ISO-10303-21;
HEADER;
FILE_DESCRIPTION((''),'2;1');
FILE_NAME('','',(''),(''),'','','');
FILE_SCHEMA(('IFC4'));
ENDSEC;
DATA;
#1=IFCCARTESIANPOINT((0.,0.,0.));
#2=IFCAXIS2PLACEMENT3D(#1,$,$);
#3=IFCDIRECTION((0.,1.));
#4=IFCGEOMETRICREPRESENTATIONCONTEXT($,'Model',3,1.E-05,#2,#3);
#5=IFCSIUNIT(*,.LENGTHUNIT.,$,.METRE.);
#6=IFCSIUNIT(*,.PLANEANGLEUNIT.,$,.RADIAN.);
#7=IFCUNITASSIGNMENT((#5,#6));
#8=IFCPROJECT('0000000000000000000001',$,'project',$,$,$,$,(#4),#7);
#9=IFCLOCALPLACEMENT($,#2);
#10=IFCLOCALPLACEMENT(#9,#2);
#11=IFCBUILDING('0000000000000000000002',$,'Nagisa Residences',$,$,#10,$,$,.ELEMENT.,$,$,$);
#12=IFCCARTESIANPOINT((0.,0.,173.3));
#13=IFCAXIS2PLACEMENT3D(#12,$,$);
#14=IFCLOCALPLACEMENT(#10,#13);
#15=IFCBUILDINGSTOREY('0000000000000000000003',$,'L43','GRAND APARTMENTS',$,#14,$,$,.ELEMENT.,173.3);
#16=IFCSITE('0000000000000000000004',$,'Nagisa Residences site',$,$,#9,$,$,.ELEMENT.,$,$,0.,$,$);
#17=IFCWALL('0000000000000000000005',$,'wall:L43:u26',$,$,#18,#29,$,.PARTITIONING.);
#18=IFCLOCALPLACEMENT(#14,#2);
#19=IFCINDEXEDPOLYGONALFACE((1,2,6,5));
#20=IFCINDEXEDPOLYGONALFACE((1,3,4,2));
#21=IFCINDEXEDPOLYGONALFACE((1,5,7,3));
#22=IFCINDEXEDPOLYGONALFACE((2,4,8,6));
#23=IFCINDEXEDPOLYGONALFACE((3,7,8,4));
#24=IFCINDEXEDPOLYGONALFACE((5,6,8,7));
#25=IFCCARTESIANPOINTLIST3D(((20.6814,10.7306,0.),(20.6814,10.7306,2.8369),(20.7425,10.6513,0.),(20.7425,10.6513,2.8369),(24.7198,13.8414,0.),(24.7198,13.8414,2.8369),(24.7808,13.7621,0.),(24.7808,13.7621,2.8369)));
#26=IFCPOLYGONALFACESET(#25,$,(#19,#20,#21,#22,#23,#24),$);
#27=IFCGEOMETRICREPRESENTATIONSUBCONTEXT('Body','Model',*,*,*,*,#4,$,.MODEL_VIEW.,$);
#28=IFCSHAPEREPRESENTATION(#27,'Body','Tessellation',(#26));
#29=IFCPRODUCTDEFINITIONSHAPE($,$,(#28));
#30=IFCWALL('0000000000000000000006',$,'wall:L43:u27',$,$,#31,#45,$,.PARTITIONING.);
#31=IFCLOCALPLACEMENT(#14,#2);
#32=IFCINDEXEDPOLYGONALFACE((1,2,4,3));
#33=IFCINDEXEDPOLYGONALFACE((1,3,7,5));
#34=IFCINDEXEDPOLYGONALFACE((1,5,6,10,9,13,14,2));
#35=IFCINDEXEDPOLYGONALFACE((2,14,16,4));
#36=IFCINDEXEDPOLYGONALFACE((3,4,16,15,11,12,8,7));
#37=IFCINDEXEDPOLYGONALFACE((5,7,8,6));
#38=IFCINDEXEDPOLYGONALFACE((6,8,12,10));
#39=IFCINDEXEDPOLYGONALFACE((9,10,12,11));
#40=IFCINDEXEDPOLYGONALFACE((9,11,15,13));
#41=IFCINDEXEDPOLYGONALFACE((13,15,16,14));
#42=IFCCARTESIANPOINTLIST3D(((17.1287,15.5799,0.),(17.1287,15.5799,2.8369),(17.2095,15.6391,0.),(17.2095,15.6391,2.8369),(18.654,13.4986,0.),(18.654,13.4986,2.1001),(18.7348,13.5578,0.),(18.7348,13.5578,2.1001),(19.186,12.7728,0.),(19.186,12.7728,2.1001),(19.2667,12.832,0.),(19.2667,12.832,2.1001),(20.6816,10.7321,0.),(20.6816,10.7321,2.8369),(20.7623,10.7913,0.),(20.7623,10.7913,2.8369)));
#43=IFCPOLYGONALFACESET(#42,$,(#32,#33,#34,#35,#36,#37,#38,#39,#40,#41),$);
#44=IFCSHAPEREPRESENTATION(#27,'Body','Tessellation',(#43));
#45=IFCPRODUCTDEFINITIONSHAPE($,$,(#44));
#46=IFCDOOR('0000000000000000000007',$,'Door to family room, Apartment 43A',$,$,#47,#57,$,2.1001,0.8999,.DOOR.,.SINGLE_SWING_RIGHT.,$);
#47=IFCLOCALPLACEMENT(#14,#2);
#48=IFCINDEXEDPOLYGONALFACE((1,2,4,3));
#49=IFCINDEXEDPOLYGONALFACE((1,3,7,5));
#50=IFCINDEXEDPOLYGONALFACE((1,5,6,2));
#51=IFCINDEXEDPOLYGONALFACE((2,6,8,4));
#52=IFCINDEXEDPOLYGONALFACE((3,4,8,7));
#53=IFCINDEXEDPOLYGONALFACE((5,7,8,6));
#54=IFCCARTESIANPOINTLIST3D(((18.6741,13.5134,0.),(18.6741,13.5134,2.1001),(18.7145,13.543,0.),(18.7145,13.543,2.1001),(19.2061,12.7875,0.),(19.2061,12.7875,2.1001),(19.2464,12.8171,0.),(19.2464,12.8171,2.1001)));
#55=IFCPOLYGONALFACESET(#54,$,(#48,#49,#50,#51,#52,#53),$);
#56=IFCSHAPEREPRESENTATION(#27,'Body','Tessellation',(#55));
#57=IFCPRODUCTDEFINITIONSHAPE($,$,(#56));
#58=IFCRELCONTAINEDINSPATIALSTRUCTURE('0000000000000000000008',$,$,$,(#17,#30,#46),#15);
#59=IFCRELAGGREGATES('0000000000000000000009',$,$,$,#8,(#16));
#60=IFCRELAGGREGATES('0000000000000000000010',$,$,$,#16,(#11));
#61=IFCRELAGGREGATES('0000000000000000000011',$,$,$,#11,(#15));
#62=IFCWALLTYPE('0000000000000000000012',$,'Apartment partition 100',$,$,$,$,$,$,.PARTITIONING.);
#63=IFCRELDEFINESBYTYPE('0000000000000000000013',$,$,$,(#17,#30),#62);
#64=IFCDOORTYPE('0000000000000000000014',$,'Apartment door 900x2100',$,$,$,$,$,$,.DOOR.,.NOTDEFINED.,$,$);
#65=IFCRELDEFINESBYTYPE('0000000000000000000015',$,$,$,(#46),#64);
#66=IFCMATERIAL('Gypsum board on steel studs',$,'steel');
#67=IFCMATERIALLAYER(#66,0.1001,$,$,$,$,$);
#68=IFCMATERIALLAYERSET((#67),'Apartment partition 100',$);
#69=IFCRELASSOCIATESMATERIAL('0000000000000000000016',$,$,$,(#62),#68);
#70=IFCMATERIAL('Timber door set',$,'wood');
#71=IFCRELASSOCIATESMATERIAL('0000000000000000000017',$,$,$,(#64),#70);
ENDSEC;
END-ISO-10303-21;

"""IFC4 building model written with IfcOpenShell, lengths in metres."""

from ifc_helpers import new_model, si_unit, direction, frame, frame_2d, origin, place, context, subcontext, project, spatial, rectangle, extrude, material, layer, layer_set, type_object, element, fill, save


model = new_model("IFC4")

# Units and contexts
model_context = context("Model", 3, precision=1e-05, world=origin(), true_north=direction((0.0, 1.0)))
body_context = subcontext(model_context, "Body", "Model", "MODEL_VIEW")
ifc_project = project(units=[si_unit("LENGTHUNIT", "METRE"), si_unit("PLANEANGLEUNIT", "RADIAN")], contexts=[model_context])

# Site, building, storey
site_placement = place(None, origin())
site = spatial("IfcSite", under=ifc_project, at=site_placement, Name="Nagisa Residences site", CompositionType="ELEMENT", RefElevation=0.0)
building_placement = place(site_placement, origin())
building = spatial("IfcBuilding", under=site, at=building_placement, Name="Nagisa Residences", CompositionType="ELEMENT")
storey_placement = place(building_placement, frame((0.0, 0.0, 173.3)))
storey = spatial("IfcBuildingStorey", under=building, at=storey_placement, Name="L43", Description="GRAND APARTMENTS", CompositionType="ELEMENT", Elevation=173.3)

# Shared definitions
ifc_material_1 = material(Name="Gypsum board on steel studs", Category="steel")
ifc_layer_1 = layer(ifc_material_1, 0.1001)
ifc_layer_set_1 = layer_set([ifc_layer_1], Name="Apartment partition 100")
wall_type_1 = type_object("IfcWallType", Name="Apartment partition 100", PredefinedType="PARTITIONING", material=ifc_layer_set_1)
ifc_material_2 = material(Name="Timber door set", Category="wood")
door_type_1 = type_object("IfcDoorType", Name="Apartment door 900x2100", OperationType="NOTDEFINED", PredefinedType="DOOR", material=ifc_material_2)

# Wall
wall_1_placement = place(storey_placement, frame((20.7119, 10.6909, 0.0), z_axis=(0.0, 0.0, 1.0), x_axis=(0.792204, 0.610257, 0.0)))
element("IfcWall", 1, at=wall_1_placement, inside=storey, type_object=wall_type_1, Name="wall:L43:u26", PredefinedType="PARTITIONING", context=body_context, shape_type="SweptSolid", body=[
    extrude(rectangle(XDim=5.0977, YDim=0.1001, at=frame_2d((2.5488, 0.0))), origin(), (0.0, 0.0, 1.0), 2.8369),
])

# Wall, opening, door
wall_2_placement = place(storey_placement, frame((20.7219, 10.7617, 0.0), z_axis=(0.0, 0.0, 1.0), x_axis=(-0.591124, 0.806581, 0.0)))
wall_2 = element("IfcWall", 2, at=wall_2_placement, inside=storey, type_object=wall_type_1, Name="wall:L43:u27", PredefinedType="PARTITIONING", context=body_context, shape_type="SweptSolid", body=[
    extrude(rectangle(XDim=6.0103, YDim=0.1001, at=frame_2d((3.0051, 0.0))), origin(), (0.0, 0.0, 1.0), 2.8369),
])
opening_1_placement = place(wall_2_placement, frame((2.53, 0.0, 0.0)))
opening_1 = element("IfcOpeningElement", 3, at=opening_1_placement, cuts=wall_2, PredefinedType="OPENING", context=body_context, shape_type="SweptSolid", body=[
    extrude(rectangle(XDim=0.8999, YDim=2.1001, at=frame_2d((0.45, 1.05))), frame((0.0, 0.0601, 0.0), z_axis=(0.0, -1.0, 0.0), x_axis=(1.0, 0.0, 0.0)), (0.0, 0.0, 1.0), 0.1201),
])
door_1_placement = place(opening_1_placement, frame((0.8999, 0.0, 0.0), x_axis=(-1.0, 0.0, 0.0)))
door_1 = element("IfcDoor", 4, at=door_1_placement, inside=storey, type_object=door_type_1, Name="Door to family room, Apartment 43A", OperationType="SINGLE_SWING_RIGHT", OverallHeight=2.1001, OverallWidth=0.8999, PredefinedType="DOOR", context=body_context, shape_type="SweptSolid", body=[
    extrude(rectangle(XDim=0.8999, YDim=2.1001, at=frame_2d((0.45, 1.05))), frame((0.0, 0.0249, 0.0), z_axis=(0.0, -1.0, 0.0), x_axis=(1.0, 0.0, 0.0)), (0.0, 0.0, 1.0), 0.05),
])
fill(opening_1, door_1)

save(model, "model.ifc")
